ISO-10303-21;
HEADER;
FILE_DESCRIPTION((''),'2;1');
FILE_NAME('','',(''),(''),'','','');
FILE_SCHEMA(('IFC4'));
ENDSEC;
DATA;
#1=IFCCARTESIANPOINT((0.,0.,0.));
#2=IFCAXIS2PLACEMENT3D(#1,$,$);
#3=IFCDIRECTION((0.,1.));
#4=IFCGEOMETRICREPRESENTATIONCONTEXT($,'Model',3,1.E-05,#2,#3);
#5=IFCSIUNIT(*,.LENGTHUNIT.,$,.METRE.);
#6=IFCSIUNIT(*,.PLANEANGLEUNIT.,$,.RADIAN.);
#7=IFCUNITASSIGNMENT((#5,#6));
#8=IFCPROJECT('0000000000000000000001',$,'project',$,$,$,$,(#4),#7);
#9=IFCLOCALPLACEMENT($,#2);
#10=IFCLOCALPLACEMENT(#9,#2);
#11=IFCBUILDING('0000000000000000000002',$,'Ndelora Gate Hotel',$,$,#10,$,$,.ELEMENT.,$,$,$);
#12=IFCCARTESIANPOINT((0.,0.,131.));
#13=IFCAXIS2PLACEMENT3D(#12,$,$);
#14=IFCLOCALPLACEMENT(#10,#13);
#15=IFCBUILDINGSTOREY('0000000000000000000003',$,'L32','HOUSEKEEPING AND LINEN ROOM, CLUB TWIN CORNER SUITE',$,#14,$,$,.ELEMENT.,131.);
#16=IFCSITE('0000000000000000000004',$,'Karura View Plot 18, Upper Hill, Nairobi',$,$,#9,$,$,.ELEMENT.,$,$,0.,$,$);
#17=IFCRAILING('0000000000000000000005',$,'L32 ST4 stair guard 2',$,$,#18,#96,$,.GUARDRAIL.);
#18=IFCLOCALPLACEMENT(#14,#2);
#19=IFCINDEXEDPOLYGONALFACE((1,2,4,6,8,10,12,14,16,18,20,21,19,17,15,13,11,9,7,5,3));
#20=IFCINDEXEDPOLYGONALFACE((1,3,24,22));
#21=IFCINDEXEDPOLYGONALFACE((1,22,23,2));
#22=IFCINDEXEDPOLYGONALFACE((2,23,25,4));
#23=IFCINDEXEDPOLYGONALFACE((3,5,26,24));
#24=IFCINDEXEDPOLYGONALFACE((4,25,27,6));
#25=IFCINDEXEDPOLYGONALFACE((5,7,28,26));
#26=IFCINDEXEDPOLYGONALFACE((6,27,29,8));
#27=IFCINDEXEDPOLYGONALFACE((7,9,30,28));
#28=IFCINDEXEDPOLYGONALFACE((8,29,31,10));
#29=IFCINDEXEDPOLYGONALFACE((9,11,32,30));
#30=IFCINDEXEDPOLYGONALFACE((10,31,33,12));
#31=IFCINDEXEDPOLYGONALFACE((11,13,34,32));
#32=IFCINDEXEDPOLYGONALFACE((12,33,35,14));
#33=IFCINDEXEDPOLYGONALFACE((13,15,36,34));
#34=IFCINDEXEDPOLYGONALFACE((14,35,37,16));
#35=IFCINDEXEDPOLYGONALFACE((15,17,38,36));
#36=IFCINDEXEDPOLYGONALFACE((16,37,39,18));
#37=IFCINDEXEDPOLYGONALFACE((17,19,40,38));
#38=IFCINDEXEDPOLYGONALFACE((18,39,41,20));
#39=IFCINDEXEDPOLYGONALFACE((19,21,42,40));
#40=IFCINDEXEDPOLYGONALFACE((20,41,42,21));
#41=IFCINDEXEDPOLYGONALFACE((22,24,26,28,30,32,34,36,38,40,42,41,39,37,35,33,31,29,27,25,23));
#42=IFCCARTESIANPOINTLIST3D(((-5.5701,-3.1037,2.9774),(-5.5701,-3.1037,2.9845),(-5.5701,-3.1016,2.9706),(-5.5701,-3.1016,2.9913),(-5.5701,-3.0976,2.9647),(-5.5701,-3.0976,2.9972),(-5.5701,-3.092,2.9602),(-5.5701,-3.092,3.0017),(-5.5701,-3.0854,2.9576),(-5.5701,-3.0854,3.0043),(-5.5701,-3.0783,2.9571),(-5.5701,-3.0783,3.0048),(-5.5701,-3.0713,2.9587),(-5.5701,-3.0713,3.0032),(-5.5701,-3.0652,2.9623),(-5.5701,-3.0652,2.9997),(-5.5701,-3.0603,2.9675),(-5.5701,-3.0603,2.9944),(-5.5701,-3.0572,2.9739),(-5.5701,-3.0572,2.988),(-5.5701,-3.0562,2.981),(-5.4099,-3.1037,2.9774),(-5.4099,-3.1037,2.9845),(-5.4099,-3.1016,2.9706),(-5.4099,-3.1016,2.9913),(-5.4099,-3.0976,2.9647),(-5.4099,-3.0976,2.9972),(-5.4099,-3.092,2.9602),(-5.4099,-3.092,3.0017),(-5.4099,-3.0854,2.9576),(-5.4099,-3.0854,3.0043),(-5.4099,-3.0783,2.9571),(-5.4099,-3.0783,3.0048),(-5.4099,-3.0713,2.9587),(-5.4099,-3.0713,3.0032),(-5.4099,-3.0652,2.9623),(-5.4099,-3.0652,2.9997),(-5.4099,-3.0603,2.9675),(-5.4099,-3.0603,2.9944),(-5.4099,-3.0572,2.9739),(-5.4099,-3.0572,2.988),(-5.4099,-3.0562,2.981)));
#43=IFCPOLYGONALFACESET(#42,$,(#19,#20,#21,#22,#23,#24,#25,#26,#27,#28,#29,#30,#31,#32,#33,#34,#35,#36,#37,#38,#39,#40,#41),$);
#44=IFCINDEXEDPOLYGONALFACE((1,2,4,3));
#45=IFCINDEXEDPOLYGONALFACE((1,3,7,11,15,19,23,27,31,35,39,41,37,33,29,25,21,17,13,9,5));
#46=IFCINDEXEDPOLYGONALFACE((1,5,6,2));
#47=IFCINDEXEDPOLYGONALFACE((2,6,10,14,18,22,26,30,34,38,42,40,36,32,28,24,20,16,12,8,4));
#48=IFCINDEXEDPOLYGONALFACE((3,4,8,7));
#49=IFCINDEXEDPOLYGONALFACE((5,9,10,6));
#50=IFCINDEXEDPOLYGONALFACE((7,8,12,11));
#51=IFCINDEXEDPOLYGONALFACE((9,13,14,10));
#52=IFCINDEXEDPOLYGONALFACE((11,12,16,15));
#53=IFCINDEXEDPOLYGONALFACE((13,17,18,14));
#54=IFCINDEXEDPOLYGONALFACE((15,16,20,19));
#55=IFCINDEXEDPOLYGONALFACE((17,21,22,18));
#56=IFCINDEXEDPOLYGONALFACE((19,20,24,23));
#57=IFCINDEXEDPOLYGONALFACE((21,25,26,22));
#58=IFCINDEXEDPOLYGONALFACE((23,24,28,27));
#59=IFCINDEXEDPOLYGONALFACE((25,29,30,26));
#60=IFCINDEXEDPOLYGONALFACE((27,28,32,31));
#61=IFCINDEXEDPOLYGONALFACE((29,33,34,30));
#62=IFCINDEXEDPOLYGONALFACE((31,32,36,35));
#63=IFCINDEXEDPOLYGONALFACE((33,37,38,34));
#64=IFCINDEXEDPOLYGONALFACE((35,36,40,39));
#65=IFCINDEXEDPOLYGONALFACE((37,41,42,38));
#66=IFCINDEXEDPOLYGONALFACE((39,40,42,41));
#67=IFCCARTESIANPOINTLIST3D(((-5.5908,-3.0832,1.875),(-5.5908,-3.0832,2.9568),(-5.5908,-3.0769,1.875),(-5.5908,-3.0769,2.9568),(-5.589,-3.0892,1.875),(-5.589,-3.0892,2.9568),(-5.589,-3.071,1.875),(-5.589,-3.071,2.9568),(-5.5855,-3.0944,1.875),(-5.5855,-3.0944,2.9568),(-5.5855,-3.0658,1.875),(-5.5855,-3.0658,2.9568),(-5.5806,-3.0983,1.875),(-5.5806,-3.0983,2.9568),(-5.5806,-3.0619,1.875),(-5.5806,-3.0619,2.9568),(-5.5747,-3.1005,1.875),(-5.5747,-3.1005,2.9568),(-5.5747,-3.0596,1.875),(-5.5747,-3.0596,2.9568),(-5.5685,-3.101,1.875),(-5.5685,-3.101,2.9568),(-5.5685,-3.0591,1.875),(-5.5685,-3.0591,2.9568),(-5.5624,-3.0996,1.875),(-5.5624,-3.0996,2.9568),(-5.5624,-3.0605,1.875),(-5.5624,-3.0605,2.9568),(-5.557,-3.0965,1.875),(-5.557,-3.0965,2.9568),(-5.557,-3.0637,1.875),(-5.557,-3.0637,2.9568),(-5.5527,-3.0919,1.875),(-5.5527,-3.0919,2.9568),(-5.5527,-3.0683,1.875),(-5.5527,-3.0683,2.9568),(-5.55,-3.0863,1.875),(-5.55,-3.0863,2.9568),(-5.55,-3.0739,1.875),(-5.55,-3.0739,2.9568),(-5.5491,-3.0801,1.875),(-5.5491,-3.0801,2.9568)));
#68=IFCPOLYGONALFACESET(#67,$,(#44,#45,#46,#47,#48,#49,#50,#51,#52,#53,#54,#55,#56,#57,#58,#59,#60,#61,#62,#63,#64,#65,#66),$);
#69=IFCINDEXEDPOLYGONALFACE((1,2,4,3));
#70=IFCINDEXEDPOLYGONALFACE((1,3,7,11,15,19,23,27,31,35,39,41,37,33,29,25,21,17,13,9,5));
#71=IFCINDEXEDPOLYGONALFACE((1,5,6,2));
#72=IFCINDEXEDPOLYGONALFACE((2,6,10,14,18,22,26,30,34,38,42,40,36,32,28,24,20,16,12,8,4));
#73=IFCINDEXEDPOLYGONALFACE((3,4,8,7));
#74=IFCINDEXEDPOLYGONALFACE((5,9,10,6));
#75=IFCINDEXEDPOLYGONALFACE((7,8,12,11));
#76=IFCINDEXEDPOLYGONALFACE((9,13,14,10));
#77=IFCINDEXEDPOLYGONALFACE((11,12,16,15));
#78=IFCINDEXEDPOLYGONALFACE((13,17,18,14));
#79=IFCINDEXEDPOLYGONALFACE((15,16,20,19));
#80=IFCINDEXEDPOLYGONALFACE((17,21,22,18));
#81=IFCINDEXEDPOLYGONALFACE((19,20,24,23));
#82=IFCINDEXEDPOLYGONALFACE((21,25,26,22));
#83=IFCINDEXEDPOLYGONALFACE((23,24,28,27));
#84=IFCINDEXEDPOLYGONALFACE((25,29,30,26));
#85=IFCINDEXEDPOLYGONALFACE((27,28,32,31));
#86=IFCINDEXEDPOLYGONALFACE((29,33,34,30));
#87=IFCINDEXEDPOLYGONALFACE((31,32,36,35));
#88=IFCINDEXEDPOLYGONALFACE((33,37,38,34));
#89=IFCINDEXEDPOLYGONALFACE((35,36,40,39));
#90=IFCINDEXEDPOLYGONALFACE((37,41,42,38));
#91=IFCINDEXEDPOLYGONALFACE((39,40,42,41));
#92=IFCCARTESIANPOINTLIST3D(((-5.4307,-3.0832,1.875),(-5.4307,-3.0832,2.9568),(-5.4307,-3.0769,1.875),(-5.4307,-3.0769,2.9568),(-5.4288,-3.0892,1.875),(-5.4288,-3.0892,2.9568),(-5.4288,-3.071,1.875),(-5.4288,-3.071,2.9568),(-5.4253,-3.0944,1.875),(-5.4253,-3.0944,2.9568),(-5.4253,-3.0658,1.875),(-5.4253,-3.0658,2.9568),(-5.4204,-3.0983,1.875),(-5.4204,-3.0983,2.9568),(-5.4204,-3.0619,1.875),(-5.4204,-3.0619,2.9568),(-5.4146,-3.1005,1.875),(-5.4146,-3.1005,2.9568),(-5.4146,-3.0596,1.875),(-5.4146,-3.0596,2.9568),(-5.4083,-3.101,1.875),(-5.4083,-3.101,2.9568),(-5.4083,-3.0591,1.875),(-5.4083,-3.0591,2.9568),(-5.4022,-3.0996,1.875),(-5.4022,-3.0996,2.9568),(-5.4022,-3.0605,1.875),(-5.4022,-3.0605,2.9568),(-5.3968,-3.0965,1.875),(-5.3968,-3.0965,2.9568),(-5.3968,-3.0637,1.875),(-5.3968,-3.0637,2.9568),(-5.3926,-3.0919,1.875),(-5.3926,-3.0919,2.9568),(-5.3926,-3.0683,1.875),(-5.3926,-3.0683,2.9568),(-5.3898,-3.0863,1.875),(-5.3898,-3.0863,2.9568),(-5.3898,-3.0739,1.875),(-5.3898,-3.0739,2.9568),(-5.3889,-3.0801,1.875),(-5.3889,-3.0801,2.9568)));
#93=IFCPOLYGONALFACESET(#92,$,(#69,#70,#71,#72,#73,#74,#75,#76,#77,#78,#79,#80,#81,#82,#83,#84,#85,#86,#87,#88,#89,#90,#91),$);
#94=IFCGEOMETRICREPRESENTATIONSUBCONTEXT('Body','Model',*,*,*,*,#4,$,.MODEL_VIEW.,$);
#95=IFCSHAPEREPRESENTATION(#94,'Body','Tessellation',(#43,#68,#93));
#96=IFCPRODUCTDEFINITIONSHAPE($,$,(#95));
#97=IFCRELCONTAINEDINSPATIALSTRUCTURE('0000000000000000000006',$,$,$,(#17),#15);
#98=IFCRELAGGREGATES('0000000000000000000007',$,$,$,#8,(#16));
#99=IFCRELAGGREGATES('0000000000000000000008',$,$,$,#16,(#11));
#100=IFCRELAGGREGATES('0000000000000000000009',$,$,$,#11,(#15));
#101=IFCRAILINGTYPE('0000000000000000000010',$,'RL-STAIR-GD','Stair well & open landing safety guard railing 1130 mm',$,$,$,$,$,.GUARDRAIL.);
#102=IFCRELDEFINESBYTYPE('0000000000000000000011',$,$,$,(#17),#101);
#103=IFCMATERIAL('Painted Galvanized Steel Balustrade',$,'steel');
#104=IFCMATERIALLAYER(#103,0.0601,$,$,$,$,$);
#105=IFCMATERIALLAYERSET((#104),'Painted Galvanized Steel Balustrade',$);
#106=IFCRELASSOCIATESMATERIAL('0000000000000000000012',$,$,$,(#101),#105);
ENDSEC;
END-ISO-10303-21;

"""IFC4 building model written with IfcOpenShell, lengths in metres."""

from ifc_helpers import new_model, si_unit, direction, frame, origin, origin_2d, place, context, subcontext, project, spatial, circle, extrude, material, layer, layer_set, type_object, element, save


model = new_model("IFC4")

# Units and contexts
model_context = context("Model", 3, precision=1e-05, world=origin(), true_north=direction((0.0, 1.0)))
body_context = subcontext(model_context, "Body", "Model", "MODEL_VIEW")
ifc_project = project(units=[si_unit("LENGTHUNIT", "METRE"), si_unit("PLANEANGLEUNIT", "RADIAN")], contexts=[model_context])

# Site, building, storey
site_placement = place(None, origin())
site = spatial("IfcSite", under=ifc_project, at=site_placement, Name="Karura View Plot 18, Upper Hill, Nairobi", CompositionType="ELEMENT", RefElevation=0.0)
building_placement = place(site_placement, origin())
building = spatial("IfcBuilding", under=site, at=building_placement, Name="Ndelora Gate Hotel", CompositionType="ELEMENT")
storey_placement = place(building_placement, frame((0.0, 0.0, 131.0)))
storey = spatial("IfcBuildingStorey", under=building, at=storey_placement, Name="L32", Description="HOUSEKEEPING AND LINEN ROOM, CLUB TWIN CORNER SUITE", CompositionType="ELEMENT", Elevation=131.0)

# Railing
ifc_material_1 = material(Name="Painted Galvanized Steel Balustrade", Category="steel")
ifc_layer_1 = layer(ifc_material_1, 0.0601)
ifc_layer_set_1 = layer_set([ifc_layer_1], Name="Painted Galvanized Steel Balustrade")
railing_type_1 = type_object("IfcRailingType", Name="RL-STAIR-GD", Description="Stair well & open landing safety guard railing 1130 mm", PredefinedType="GUARDRAIL", material=ifc_layer_set_1)
railing_1_placement = place(storey_placement, frame((-5.5701, -3.0801, 1.875)))
element("IfcRailing", 1, at=railing_1_placement, inside=storey, type_object=railing_type_1, Name="L32 ST4 stair guard 2", PredefinedType="GUARDRAIL", context=body_context, shape_type="SweptSolid", body=[
    extrude(circle(Radius=0.0239, at=origin_2d()), frame((0.0, 0.0, 1.106), z_axis=(1.0, 0.0, 0.0), x_axis=(0.0, 1.0, 0.0)), (0.0, 0.0, 1.0), 0.1602),
    extrude(circle(Radius=0.021, at=origin_2d()), origin(), (0.0, 0.0, 1.0), 1.0818),
    extrude(circle(Radius=0.021, at=origin_2d()), frame((0.1602, 0.0, 0.0)), (0.0, 0.0, 1.0), 1.0818),
])

save(model, "model.ifc")
